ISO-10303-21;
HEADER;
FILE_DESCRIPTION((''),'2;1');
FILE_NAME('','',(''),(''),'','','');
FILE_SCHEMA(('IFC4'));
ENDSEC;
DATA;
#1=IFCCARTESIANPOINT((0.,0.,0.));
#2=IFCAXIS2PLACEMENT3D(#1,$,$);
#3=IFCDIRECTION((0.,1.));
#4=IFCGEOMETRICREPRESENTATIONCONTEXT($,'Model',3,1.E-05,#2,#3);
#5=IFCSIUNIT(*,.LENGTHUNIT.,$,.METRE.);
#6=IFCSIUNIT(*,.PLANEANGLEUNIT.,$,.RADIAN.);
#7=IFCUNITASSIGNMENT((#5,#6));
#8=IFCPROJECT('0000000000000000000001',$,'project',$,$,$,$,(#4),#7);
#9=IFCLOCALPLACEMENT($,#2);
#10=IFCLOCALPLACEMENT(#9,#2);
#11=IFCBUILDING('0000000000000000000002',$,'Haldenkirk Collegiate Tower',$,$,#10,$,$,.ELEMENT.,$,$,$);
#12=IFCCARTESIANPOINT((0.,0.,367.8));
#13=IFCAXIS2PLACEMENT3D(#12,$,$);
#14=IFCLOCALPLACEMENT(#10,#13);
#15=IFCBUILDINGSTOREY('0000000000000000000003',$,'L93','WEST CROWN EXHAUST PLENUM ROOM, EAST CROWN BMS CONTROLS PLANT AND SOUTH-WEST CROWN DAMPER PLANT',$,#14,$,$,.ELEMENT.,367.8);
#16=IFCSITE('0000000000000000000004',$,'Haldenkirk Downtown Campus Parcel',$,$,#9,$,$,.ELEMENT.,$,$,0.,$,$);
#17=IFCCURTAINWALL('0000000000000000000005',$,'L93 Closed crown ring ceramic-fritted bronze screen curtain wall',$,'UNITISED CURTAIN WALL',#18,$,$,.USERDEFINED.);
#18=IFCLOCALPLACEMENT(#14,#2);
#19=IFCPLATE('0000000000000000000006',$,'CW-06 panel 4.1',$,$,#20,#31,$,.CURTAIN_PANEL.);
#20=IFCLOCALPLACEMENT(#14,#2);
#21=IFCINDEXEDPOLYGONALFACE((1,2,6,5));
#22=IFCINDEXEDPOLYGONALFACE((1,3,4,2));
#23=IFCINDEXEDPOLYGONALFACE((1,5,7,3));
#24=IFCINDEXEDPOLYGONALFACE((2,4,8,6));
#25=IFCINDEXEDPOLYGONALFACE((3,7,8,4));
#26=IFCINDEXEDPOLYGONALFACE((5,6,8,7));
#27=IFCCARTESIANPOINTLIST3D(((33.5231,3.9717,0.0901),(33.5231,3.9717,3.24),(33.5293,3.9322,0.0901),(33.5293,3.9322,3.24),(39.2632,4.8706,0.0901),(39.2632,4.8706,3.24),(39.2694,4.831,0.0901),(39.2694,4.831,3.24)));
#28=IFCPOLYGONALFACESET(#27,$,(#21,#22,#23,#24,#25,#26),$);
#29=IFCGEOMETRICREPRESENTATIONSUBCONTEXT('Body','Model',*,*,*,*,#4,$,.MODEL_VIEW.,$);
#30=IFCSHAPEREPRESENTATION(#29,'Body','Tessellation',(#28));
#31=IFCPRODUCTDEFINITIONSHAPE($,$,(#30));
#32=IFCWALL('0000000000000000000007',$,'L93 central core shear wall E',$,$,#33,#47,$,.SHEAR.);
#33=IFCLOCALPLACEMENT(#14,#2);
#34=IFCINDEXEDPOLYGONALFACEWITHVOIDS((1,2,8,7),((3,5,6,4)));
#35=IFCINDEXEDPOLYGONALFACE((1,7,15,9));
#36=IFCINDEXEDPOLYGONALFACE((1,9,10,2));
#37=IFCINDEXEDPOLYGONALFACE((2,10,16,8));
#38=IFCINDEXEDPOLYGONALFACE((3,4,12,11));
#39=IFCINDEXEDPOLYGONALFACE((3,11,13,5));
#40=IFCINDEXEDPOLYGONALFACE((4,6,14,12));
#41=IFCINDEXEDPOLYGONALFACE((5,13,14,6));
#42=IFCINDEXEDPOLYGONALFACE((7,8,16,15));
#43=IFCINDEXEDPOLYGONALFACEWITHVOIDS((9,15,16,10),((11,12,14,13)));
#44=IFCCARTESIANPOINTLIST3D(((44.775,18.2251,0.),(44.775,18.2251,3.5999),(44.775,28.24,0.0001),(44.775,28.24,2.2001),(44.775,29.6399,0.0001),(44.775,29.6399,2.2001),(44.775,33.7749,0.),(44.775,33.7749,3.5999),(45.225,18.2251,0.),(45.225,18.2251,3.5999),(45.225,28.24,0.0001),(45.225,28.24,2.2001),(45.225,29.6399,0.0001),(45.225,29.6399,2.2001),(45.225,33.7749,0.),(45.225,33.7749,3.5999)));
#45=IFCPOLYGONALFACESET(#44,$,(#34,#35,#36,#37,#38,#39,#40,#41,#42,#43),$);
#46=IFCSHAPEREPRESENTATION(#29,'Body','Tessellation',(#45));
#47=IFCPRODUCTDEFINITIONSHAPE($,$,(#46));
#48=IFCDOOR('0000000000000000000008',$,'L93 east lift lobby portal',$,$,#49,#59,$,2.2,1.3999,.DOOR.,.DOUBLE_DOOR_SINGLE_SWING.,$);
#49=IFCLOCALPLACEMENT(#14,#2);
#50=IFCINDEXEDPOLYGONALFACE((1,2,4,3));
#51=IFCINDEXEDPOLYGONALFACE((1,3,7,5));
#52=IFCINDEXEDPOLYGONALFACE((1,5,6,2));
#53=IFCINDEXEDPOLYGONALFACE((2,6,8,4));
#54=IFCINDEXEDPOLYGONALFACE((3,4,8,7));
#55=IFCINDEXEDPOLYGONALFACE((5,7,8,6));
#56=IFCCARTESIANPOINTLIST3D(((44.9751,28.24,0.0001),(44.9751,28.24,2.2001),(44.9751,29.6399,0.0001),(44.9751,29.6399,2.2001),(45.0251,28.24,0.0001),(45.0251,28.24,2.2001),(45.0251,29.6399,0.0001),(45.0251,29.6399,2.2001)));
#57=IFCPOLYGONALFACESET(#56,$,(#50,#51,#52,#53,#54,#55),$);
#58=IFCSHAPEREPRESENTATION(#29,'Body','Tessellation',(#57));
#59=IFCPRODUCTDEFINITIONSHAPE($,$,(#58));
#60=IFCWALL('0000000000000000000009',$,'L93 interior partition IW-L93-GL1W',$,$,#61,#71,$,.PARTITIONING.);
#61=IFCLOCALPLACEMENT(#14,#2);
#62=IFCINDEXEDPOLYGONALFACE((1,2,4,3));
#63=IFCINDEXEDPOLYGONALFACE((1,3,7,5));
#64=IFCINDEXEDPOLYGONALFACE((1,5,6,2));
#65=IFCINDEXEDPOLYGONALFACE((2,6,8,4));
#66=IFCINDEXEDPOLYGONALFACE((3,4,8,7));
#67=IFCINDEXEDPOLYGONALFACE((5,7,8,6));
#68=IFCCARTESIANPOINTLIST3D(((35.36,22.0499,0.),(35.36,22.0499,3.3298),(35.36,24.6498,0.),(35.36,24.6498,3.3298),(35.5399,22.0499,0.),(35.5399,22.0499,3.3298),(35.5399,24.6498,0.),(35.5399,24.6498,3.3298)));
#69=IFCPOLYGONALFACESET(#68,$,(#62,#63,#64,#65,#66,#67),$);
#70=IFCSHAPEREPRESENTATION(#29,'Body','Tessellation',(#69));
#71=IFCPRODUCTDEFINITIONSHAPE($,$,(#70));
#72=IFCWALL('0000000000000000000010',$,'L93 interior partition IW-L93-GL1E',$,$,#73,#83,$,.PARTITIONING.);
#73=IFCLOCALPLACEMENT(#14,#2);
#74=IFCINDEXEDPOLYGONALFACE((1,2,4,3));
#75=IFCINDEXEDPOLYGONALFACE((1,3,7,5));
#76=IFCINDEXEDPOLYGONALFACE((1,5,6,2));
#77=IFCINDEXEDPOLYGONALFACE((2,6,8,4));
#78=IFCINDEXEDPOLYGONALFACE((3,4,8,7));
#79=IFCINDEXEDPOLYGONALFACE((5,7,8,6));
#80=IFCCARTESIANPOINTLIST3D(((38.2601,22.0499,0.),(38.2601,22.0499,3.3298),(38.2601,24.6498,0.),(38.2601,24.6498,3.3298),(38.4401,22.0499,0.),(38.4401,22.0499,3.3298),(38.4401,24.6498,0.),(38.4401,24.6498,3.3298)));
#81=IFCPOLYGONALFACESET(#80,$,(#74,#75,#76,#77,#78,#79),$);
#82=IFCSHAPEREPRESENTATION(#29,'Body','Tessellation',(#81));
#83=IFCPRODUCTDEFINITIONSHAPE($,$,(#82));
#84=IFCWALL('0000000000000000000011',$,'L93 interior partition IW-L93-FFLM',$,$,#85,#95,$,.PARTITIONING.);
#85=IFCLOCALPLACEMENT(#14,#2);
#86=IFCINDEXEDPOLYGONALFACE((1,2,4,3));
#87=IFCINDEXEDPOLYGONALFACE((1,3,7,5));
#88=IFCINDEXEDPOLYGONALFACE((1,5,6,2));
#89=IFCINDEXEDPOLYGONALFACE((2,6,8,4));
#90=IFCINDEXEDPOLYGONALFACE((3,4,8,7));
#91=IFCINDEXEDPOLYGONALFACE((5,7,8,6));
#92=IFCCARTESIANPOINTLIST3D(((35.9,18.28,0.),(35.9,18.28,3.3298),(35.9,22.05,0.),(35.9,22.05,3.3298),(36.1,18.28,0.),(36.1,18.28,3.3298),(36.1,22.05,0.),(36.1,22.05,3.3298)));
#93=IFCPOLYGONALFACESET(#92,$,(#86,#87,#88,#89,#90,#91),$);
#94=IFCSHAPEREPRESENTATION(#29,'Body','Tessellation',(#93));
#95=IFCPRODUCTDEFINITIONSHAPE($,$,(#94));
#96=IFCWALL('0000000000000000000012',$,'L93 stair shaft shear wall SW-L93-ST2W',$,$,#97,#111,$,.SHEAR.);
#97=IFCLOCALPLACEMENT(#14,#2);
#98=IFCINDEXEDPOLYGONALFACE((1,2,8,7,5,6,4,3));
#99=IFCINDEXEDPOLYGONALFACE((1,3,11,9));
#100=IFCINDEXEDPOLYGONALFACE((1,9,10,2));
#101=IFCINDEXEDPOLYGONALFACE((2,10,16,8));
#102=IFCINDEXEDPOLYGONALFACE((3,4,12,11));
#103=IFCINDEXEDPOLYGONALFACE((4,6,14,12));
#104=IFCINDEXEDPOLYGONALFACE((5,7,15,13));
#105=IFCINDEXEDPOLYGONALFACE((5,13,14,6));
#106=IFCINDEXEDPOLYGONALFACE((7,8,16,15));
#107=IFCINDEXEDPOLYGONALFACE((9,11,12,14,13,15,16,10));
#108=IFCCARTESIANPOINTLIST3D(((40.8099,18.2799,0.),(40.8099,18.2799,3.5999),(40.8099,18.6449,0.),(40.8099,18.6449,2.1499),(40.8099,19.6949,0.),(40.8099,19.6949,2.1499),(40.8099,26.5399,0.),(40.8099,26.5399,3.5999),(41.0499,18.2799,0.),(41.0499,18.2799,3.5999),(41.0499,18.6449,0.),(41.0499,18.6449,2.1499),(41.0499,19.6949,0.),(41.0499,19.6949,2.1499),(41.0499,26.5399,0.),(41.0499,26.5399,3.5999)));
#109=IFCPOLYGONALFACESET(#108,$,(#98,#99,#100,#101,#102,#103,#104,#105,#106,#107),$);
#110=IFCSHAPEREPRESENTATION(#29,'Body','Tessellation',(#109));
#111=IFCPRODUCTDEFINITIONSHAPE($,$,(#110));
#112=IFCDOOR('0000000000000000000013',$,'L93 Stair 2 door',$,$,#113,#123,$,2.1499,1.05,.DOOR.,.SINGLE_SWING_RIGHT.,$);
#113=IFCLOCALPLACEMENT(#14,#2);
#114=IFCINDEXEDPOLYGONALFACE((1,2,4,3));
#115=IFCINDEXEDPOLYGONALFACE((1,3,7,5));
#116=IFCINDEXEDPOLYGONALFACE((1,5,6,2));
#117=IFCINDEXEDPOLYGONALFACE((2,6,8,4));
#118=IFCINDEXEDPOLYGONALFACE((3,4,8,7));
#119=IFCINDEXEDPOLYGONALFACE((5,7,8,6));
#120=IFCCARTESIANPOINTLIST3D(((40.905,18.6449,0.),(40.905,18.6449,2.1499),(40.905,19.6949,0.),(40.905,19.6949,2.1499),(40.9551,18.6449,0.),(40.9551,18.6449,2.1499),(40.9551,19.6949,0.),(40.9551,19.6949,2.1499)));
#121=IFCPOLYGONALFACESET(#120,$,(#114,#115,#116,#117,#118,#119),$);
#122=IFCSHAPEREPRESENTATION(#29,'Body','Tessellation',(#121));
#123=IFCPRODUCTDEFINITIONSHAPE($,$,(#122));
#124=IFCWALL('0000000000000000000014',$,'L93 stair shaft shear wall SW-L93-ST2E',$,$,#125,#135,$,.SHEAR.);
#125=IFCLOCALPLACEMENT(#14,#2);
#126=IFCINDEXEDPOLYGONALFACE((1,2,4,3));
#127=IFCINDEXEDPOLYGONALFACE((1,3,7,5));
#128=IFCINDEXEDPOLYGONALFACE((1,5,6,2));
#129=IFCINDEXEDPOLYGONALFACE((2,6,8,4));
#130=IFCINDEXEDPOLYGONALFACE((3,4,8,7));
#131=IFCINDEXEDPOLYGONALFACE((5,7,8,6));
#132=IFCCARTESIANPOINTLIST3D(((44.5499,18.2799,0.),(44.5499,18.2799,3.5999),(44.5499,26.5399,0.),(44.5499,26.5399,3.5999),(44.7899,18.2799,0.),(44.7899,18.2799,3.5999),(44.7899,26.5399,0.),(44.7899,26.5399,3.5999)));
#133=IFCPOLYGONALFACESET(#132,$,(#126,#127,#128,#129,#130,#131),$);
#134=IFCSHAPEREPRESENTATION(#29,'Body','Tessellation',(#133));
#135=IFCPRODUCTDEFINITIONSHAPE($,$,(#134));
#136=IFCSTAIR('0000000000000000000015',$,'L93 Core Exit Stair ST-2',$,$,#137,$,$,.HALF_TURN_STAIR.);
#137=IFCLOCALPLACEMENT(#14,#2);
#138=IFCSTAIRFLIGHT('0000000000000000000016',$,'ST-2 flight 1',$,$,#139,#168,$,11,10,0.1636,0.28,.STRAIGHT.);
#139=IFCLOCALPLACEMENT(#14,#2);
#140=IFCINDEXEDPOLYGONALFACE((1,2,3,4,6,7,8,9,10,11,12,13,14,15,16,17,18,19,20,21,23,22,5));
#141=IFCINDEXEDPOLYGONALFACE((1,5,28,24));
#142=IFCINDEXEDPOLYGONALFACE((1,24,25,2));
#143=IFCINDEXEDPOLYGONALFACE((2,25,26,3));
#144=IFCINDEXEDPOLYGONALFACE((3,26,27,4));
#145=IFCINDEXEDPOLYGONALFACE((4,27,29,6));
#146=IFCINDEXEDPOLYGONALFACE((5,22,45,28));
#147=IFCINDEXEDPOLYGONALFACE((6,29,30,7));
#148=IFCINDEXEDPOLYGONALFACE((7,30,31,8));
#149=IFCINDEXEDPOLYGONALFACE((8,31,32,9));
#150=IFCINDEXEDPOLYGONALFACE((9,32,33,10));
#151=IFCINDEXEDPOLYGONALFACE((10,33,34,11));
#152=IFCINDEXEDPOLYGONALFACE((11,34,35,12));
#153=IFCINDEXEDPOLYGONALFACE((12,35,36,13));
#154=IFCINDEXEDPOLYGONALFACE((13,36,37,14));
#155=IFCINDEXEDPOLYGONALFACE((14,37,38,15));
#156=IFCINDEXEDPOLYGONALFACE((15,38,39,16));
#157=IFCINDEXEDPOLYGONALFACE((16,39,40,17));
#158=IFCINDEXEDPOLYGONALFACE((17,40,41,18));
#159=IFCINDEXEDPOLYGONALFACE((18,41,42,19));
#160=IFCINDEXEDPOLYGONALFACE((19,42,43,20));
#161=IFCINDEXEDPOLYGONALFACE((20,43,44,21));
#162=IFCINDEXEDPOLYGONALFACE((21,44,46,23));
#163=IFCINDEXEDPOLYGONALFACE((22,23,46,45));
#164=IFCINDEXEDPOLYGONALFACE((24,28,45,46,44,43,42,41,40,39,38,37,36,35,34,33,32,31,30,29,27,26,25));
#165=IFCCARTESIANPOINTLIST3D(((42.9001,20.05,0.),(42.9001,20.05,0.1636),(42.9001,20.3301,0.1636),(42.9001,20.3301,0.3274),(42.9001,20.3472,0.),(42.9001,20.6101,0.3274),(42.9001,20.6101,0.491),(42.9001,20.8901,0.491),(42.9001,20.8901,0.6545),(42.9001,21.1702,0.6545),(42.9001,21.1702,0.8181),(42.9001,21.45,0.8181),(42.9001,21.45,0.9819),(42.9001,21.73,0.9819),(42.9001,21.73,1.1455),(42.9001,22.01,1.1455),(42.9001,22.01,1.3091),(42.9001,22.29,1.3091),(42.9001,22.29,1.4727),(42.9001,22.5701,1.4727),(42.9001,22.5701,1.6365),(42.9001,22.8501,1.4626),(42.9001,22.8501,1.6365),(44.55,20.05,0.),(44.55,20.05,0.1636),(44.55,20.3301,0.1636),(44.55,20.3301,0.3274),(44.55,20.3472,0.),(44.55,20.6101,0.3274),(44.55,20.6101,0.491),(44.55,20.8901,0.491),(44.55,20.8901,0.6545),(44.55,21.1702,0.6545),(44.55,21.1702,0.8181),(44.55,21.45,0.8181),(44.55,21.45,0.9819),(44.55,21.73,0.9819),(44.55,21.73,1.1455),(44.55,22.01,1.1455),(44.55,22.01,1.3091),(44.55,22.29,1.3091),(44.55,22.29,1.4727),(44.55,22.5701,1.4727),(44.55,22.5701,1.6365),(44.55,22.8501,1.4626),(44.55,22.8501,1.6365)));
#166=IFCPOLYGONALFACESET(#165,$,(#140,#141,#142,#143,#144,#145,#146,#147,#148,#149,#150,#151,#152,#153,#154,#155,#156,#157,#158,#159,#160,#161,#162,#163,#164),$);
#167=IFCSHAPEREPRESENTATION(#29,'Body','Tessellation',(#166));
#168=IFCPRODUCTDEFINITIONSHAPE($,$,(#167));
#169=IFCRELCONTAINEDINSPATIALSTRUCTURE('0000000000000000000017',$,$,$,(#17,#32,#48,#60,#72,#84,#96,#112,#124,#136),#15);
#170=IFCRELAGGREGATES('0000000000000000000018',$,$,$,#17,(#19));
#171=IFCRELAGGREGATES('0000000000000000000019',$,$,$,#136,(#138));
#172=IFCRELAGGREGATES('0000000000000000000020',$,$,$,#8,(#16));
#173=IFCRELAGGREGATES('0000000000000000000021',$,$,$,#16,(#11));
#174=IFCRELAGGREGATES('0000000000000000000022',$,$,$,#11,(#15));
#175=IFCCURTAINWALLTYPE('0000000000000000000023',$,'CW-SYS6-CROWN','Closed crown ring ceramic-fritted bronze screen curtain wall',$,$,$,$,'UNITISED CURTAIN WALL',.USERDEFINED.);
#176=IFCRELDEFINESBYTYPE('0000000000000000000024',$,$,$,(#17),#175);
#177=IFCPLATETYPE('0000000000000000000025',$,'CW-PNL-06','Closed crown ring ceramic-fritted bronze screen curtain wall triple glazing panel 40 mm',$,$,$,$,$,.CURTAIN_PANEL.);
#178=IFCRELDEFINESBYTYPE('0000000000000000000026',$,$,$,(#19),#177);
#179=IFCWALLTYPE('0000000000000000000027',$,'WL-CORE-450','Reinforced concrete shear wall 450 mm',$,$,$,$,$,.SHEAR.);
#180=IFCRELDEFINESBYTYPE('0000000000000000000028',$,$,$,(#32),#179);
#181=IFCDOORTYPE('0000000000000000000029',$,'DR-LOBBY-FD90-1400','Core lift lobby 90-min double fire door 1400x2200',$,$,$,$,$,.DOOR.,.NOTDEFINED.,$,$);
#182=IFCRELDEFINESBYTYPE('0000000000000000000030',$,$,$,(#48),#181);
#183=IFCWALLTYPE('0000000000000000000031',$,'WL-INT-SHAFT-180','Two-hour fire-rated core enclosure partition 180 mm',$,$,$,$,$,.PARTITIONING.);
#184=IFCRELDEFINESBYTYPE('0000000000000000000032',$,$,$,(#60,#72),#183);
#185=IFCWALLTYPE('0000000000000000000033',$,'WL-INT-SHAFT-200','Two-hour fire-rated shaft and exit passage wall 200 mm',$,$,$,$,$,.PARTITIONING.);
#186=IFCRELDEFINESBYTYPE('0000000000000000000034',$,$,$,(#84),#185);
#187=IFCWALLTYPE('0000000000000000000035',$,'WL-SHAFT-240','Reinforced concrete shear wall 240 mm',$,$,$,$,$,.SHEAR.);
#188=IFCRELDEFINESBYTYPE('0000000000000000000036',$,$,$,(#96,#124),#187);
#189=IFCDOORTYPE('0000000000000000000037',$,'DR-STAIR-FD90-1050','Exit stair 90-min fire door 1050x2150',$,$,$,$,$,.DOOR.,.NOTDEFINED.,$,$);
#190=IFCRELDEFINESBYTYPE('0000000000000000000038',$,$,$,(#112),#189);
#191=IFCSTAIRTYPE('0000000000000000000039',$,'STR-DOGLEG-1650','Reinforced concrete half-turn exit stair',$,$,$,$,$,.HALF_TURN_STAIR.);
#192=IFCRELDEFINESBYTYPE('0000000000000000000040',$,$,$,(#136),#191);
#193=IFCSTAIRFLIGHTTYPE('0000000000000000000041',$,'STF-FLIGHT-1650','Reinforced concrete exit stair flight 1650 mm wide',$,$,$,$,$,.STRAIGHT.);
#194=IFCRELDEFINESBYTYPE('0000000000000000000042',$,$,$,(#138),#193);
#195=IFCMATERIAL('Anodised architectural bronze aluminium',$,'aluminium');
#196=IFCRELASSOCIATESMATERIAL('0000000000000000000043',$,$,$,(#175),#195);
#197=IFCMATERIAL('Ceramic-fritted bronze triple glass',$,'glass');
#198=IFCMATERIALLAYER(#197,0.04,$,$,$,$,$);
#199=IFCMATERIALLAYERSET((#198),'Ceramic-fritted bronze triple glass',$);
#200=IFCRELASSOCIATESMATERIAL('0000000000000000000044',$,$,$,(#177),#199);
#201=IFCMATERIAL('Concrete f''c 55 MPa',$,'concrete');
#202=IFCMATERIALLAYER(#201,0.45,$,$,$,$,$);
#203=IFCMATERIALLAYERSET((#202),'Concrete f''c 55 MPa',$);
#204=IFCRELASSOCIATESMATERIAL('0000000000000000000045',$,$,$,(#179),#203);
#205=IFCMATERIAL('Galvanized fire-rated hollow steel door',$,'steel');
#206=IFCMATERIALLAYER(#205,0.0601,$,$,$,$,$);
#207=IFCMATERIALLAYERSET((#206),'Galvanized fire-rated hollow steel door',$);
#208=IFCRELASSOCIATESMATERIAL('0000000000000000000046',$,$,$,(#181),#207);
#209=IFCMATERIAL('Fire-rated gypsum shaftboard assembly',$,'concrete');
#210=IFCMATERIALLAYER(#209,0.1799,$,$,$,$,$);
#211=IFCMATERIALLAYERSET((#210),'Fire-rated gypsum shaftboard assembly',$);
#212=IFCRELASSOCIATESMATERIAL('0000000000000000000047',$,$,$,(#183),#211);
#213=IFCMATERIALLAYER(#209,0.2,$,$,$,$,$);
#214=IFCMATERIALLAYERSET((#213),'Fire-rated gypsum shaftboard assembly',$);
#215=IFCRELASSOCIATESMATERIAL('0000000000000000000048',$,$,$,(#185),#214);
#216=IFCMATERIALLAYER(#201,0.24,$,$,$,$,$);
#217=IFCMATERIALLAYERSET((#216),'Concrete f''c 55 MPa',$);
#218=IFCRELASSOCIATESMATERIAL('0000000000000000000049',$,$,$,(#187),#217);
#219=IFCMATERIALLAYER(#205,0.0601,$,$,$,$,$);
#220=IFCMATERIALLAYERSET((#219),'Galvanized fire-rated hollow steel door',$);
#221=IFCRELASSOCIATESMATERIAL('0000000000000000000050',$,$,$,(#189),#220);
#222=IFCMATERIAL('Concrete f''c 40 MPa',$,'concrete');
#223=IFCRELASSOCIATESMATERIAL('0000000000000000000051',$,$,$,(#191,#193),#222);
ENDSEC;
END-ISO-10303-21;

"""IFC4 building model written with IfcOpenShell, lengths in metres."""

from ifc_helpers import new_model, si_unit, direction, frame, frame_2d, origin, origin_2d, place, context, subcontext, project, spatial, polyline, rectangle, outline, extrude, source, transform, mapped, material, layer, layer_set, type_object, element, fill, aggregate, save


model = new_model("IFC4")

# Units and contexts
model_context = context("Model", 3, precision=1e-05, world=origin(), true_north=direction((0.0, 1.0)))
body_context = subcontext(model_context, "Body", "Model", "MODEL_VIEW")
ifc_project = project(units=[si_unit("LENGTHUNIT", "METRE"), si_unit("PLANEANGLEUNIT", "RADIAN")], contexts=[model_context])

# Site, building, storey
site_placement = place(None, origin())
site = spatial("IfcSite", under=ifc_project, at=site_placement, Name="Haldenkirk Downtown Campus Parcel", CompositionType="ELEMENT", RefElevation=0.0)
building_placement = place(site_placement, origin())
building = spatial("IfcBuilding", under=site, at=building_placement, Name="Haldenkirk Collegiate Tower", CompositionType="ELEMENT")
storey_placement = place(building_placement, frame((0.0, 0.0, 367.8)))
storey = spatial("IfcBuildingStorey", under=building, at=storey_placement, Name="L93", Description="WEST CROWN EXHAUST PLENUM ROOM, EAST CROWN BMS CONTROLS PLANT AND SOUTH-WEST CROWN DAMPER PLANT", CompositionType="ELEMENT", Elevation=367.8)

# Curtain wall
ifc_material_1 = material(Name="Anodised architectural bronze aluminium", Category="aluminium")
curtain_wall_type = type_object("IfcCurtainWallType", Name="CW-SYS6-CROWN", Description="Closed crown ring ceramic-fritted bronze screen curtain wall", ElementType="UNITISED CURTAIN WALL", PredefinedType="USERDEFINED", material=ifc_material_1)
curtain_wall_placement = place(storey_placement, origin())
curtain_wall = element("IfcCurtainWall", 1, at=curtain_wall_placement, inside=storey, type_object=curtain_wall_type, Name="L93 Closed crown ring ceramic-fritted bronze screen curtain wall", ObjectType="UNITISED CURTAIN WALL", PredefinedType="USERDEFINED")

# Plate
ifc_material_2 = material(Name="Ceramic-fritted bronze triple glass", Category="glass")
ifc_layer_1 = layer(ifc_material_2, 0.04)
ifc_layer_set_1 = layer_set([ifc_layer_1], Name="Ceramic-fritted bronze triple glass")
plate_type_1 = type_object("IfcPlateType", Name="CW-PNL-06", Description="Closed crown ring ceramic-fritted bronze screen curtain wall triple glazing panel 40 mm", PredefinedType="CURTAIN_PANEL", material=ifc_layer_set_1)
shared_shape_1 = source(origin(), body_context, "Body", "SweptSolid", [
    extrude(rectangle(XDim=5.8101, YDim=0.04, at=origin_2d()), origin(), (0.0, 0.0, 1.0), 3.1499),
])
plate_1_placement = place(storey_placement, frame((36.3962, 4.4014, 0.0901), z_axis=(0.0, 0.0, 1.0), x_axis=(-0.98796, -0.154709, 0.0)))
plate_1 = element("IfcPlate", 2, at=plate_1_placement, type_object=plate_type_1, Name="CW-06 panel 4.1", PredefinedType="CURTAIN_PANEL", context=body_context, shape_type="MappedRepresentation", body=[
    mapped(shared_shape_1, transform((0.0, 0.0, 0.0), x_axis=(1.0, 0.0, 0.0), y_axis=(0.0, 1.0, 0.0), z_axis=(0.0, 0.0, 1.0), scale=1.0)),
])
aggregate(curtain_wall, [plate_1])

# Wall, opening, door
ifc_material_3 = material(Name="Concrete f'c 55 MPa", Category="concrete")
ifc_layer_2 = layer(ifc_material_3, 0.45)
ifc_layer_set_2 = layer_set([ifc_layer_2], Name="Concrete f'c 55 MPa")
wall_type_1 = type_object("IfcWallType", Name="WL-CORE-450", Description="Reinforced concrete shear wall 450 mm", PredefinedType="SHEAR", material=ifc_layer_set_2)
wall_1_placement = place(storey_placement, frame((45.0, 18.2251, 0.0), z_axis=(0.0, 0.0, 1.0), x_axis=(0.0, 1.0, 0.0)))
wall_1 = element("IfcWall", 3, at=wall_1_placement, inside=storey, type_object=wall_type_1, Name="L93 central core shear wall E", PredefinedType="SHEAR", context=body_context, shape_type="SweptSolid", body=[
    extrude(rectangle(XDim=15.5498, YDim=0.45, at=frame_2d((7.7749, 0.0))), origin(), (0.0, 0.0, 1.0), 3.5999),
])
opening_1_placement = place(wall_1_placement, frame((10.0149, 0.0, 0.0)))
opening_1 = element("IfcOpeningElement", 4, at=opening_1_placement, cuts=wall_1, PredefinedType="OPENING", context=body_context, shape_type="SweptSolid", body=[
    extrude(rectangle(XDim=1.3999, YDim=2.2, at=frame_2d((0.7, 1.1001))), frame((0.0, 0.2349, 0.0), z_axis=(0.0, -1.0, 0.0), x_axis=(1.0, 0.0, 0.0)), (0.0, 0.0, 1.0), 0.47),
])
ifc_material_4 = material(Name="Galvanized fire-rated hollow steel door", Category="steel")
ifc_layer_3 = layer(ifc_material_4, 0.0601)
ifc_layer_set_3 = layer_set([ifc_layer_3], Name="Galvanized fire-rated hollow steel door")
door_type_1 = type_object("IfcDoorType", Name="DR-LOBBY-FD90-1400", Description="Core lift lobby 90-min double fire door 1400x2200", OperationType="NOTDEFINED", PredefinedType="DOOR", material=ifc_layer_set_3)
door_1_placement = place(opening_1_placement, origin())
door_1 = element("IfcDoor", 5, at=door_1_placement, inside=storey, type_object=door_type_1, Name="L93 east lift lobby portal", OperationType="DOUBLE_DOOR_SINGLE_SWING", OverallHeight=2.2, OverallWidth=1.3999, PredefinedType="DOOR", context=body_context, shape_type="SweptSolid", body=[
    extrude(rectangle(XDim=1.3999, YDim=2.2, at=frame_2d((0.7, 1.1001))), frame((0.0, 0.0249, 0.0), z_axis=(0.0, -1.0, 0.0), x_axis=(1.0, 0.0, 0.0)), (0.0, 0.0, 1.0), 0.05),
])
fill(opening_1, door_1)

# Walls
ifc_material_5 = material(Name="Fire-rated gypsum shaftboard assembly", Category="concrete")
ifc_layer_4 = layer(ifc_material_5, 0.1799)
ifc_layer_set_4 = layer_set([ifc_layer_4], Name="Fire-rated gypsum shaftboard assembly")
wall_type_2 = type_object("IfcWallType", Name="WL-INT-SHAFT-180", Description="Two-hour fire-rated core enclosure partition 180 mm", PredefinedType="PARTITIONING", material=ifc_layer_set_4)
for number, where, z_axis, x_axis, name in (
    (6, (35.45, 22.05, 0.0), (0.0, 0.0, 1.0), (0.0, 1.0, 0.0), "L93 interior partition IW-L93-GL1W"),
    (7, (38.3501, 22.05, 0.0), (0.0, 0.0, 1.0), (0.0, 1.0, 0.0), "L93 interior partition IW-L93-GL1E"),
):
    element("IfcWall", number, at=place(storey_placement, frame(where, z_axis=z_axis, x_axis=x_axis)), inside=storey, type_object=wall_type_2, Name=name, PredefinedType="PARTITIONING", context=body_context, shape_type="SweptSolid", body=[
        extrude(rectangle(XDim=2.5999, YDim=0.1799, at=frame_2d((1.2998, 0.0))), origin(), (0.0, 0.0, 1.0), 3.3298),
    ])
ifc_layer_5 = layer(ifc_material_5, 0.2)
ifc_layer_set_5 = layer_set([ifc_layer_5], Name="Fire-rated gypsum shaftboard assembly")
wall_type_3 = type_object("IfcWallType", Name="WL-INT-SHAFT-200", Description="Two-hour fire-rated shaft and exit passage wall 200 mm", PredefinedType="PARTITIONING", material=ifc_layer_set_5)
wall_2_placement = place(storey_placement, frame((36.0, 18.28, 0.0), z_axis=(0.0, 0.0, 1.0), x_axis=(0.0, 1.0, 0.0)))
element("IfcWall", 8, at=wall_2_placement, inside=storey, type_object=wall_type_3, Name="L93 interior partition IW-L93-FFLM", PredefinedType="PARTITIONING", context=body_context, shape_type="SweptSolid", body=[
    extrude(rectangle(XDim=3.77, YDim=0.2, at=frame_2d((1.885, 0.0))), origin(), (0.0, 0.0, 1.0), 3.3298),
])

# Wall, opening, door
ifc_layer_6 = layer(ifc_material_3, 0.24)
ifc_layer_set_6 = layer_set([ifc_layer_6], Name="Concrete f'c 55 MPa")
wall_type_4 = type_object("IfcWallType", Name="WL-SHAFT-240", Description="Reinforced concrete shear wall 240 mm", PredefinedType="SHEAR", material=ifc_layer_set_6)
wall_3_placement = place(storey_placement, frame((40.9299, 18.28, 0.0), z_axis=(0.0, 0.0, 1.0), x_axis=(0.0, 1.0, 0.0)))
wall_3 = element("IfcWall", 9, at=wall_3_placement, inside=storey, type_object=wall_type_4, Name="L93 stair shaft shear wall SW-L93-ST2W", PredefinedType="SHEAR", context=body_context, shape_type="SweptSolid", body=[
    extrude(rectangle(XDim=8.26, YDim=0.24, at=frame_2d((4.1299, 0.0))), origin(), (0.0, 0.0, 1.0), 3.5999),
])
opening_2_placement = place(wall_3_placement, frame((0.365, 0.0, 0.0)))
opening_2 = element("IfcOpeningElement", 10, at=opening_2_placement, cuts=wall_3, PredefinedType="OPENING", context=body_context, shape_type="SweptSolid", body=[
    extrude(rectangle(XDim=1.05, YDim=2.1499, at=frame_2d((0.5249, 1.075))), frame((0.0, 0.1299, 0.0), z_axis=(0.0, -1.0, 0.0), x_axis=(1.0, 0.0, 0.0)), (0.0, 0.0, 1.0), 0.26),
])
ifc_layer_7 = layer(ifc_material_4, 0.0601)
ifc_layer_set_7 = layer_set([ifc_layer_7], Name="Galvanized fire-rated hollow steel door")
door_type_2 = type_object("IfcDoorType", Name="DR-STAIR-FD90-1050", Description="Exit stair 90-min fire door 1050x2150", OperationType="NOTDEFINED", PredefinedType="DOOR", material=ifc_layer_set_7)
door_2_placement = place(opening_2_placement, origin())
door_2 = element("IfcDoor", 11, at=door_2_placement, inside=storey, type_object=door_type_2, Name="L93 Stair 2 door", OperationType="SINGLE_SWING_RIGHT", OverallHeight=2.1499, OverallWidth=1.05, PredefinedType="DOOR", context=body_context, shape_type="SweptSolid", body=[
    extrude(rectangle(XDim=1.05, YDim=2.1499, at=frame_2d((0.5249, 1.075))), frame((0.0, 0.0249, 0.0), z_axis=(0.0, -1.0, 0.0), x_axis=(1.0, 0.0, 0.0)), (0.0, 0.0, 1.0), 0.05),
])
fill(opening_2, door_2)

# Wall
wall_4_placement = place(storey_placement, frame((44.6699, 18.28, 0.0), z_axis=(0.0, 0.0, 1.0), x_axis=(0.0, 1.0, 0.0)))
element("IfcWall", 12, at=wall_4_placement, inside=storey, type_object=wall_type_4, Name="L93 stair shaft shear wall SW-L93-ST2E", PredefinedType="SHEAR", context=body_context, shape_type="SweptSolid", body=[
    extrude(rectangle(XDim=8.26, YDim=0.24, at=frame_2d((4.1299, 0.0))), origin(), (0.0, 0.0, 1.0), 3.5999),
])

# Stair, stair flight
ifc_material_6 = material(Name="Concrete f'c 40 MPa", Category="concrete")
stair_type = type_object("IfcStairType", Name="STR-DOGLEG-1650", Description="Reinforced concrete half-turn exit stair", PredefinedType="HALF_TURN_STAIR", material=ifc_material_6)
stair_placement = place(storey_placement, origin())
stair = element("IfcStair", 13, at=stair_placement, inside=storey, type_object=stair_type, Name="L93 Core Exit Stair ST-2", PredefinedType="HALF_TURN_STAIR")
stair_flight_type = type_object("IfcStairFlightType", Name="STF-FLIGHT-1650", Description="Reinforced concrete exit stair flight 1650 mm wide", PredefinedType="STRAIGHT", material=ifc_material_6)
stair_flight_1_placement = place(storey_placement, frame((43.7251, 20.05, 0.0), z_axis=(0.0, 0.0, 1.0), x_axis=(0.0, 1.0, 0.0)))
stair_flight_1 = element("IfcStairFlight", 14, at=stair_flight_1_placement, type_object=stair_flight_type, Name="ST-2 flight 1", NumberOfRisers=11, NumberOfTreads=10, PredefinedType="STRAIGHT", RiserHeight=0.1636, TreadLength=0.28, context=body_context, shape_type="SweptSolid", body=[
    extrude(outline(polyline([(0.0, 0.0), (0.0, 0.1636), (0.28, 0.1636), (0.28, 0.3274), (0.5601, 0.3274), (0.5601, 0.491), (0.8401, 0.491), (0.8401, 0.6545), (1.1201, 0.6545), (1.1201, 0.8181), (1.3999, 0.8181), (1.3999, 0.9819), (1.6799, 0.9819), (1.6799, 1.1455), (1.96, 1.1455), (1.96, 1.3091), (2.24, 1.3091), (2.24, 1.4727), (2.52, 1.4727), (2.52, 1.6365), (2.8, 1.6365), (2.8, 1.8), (2.8, 1.4626), (0.2971, 0.0), (0.0, 0.0)])), frame((0.0, 0.825, 0.0), z_axis=(0.0, -1.0, 0.0), x_axis=(1.0, 0.0, 0.0)), (0.0, 0.0, 1.0), 1.6499),
])
aggregate(stair, [stair_flight_1])

save(model, "model.ifc")
